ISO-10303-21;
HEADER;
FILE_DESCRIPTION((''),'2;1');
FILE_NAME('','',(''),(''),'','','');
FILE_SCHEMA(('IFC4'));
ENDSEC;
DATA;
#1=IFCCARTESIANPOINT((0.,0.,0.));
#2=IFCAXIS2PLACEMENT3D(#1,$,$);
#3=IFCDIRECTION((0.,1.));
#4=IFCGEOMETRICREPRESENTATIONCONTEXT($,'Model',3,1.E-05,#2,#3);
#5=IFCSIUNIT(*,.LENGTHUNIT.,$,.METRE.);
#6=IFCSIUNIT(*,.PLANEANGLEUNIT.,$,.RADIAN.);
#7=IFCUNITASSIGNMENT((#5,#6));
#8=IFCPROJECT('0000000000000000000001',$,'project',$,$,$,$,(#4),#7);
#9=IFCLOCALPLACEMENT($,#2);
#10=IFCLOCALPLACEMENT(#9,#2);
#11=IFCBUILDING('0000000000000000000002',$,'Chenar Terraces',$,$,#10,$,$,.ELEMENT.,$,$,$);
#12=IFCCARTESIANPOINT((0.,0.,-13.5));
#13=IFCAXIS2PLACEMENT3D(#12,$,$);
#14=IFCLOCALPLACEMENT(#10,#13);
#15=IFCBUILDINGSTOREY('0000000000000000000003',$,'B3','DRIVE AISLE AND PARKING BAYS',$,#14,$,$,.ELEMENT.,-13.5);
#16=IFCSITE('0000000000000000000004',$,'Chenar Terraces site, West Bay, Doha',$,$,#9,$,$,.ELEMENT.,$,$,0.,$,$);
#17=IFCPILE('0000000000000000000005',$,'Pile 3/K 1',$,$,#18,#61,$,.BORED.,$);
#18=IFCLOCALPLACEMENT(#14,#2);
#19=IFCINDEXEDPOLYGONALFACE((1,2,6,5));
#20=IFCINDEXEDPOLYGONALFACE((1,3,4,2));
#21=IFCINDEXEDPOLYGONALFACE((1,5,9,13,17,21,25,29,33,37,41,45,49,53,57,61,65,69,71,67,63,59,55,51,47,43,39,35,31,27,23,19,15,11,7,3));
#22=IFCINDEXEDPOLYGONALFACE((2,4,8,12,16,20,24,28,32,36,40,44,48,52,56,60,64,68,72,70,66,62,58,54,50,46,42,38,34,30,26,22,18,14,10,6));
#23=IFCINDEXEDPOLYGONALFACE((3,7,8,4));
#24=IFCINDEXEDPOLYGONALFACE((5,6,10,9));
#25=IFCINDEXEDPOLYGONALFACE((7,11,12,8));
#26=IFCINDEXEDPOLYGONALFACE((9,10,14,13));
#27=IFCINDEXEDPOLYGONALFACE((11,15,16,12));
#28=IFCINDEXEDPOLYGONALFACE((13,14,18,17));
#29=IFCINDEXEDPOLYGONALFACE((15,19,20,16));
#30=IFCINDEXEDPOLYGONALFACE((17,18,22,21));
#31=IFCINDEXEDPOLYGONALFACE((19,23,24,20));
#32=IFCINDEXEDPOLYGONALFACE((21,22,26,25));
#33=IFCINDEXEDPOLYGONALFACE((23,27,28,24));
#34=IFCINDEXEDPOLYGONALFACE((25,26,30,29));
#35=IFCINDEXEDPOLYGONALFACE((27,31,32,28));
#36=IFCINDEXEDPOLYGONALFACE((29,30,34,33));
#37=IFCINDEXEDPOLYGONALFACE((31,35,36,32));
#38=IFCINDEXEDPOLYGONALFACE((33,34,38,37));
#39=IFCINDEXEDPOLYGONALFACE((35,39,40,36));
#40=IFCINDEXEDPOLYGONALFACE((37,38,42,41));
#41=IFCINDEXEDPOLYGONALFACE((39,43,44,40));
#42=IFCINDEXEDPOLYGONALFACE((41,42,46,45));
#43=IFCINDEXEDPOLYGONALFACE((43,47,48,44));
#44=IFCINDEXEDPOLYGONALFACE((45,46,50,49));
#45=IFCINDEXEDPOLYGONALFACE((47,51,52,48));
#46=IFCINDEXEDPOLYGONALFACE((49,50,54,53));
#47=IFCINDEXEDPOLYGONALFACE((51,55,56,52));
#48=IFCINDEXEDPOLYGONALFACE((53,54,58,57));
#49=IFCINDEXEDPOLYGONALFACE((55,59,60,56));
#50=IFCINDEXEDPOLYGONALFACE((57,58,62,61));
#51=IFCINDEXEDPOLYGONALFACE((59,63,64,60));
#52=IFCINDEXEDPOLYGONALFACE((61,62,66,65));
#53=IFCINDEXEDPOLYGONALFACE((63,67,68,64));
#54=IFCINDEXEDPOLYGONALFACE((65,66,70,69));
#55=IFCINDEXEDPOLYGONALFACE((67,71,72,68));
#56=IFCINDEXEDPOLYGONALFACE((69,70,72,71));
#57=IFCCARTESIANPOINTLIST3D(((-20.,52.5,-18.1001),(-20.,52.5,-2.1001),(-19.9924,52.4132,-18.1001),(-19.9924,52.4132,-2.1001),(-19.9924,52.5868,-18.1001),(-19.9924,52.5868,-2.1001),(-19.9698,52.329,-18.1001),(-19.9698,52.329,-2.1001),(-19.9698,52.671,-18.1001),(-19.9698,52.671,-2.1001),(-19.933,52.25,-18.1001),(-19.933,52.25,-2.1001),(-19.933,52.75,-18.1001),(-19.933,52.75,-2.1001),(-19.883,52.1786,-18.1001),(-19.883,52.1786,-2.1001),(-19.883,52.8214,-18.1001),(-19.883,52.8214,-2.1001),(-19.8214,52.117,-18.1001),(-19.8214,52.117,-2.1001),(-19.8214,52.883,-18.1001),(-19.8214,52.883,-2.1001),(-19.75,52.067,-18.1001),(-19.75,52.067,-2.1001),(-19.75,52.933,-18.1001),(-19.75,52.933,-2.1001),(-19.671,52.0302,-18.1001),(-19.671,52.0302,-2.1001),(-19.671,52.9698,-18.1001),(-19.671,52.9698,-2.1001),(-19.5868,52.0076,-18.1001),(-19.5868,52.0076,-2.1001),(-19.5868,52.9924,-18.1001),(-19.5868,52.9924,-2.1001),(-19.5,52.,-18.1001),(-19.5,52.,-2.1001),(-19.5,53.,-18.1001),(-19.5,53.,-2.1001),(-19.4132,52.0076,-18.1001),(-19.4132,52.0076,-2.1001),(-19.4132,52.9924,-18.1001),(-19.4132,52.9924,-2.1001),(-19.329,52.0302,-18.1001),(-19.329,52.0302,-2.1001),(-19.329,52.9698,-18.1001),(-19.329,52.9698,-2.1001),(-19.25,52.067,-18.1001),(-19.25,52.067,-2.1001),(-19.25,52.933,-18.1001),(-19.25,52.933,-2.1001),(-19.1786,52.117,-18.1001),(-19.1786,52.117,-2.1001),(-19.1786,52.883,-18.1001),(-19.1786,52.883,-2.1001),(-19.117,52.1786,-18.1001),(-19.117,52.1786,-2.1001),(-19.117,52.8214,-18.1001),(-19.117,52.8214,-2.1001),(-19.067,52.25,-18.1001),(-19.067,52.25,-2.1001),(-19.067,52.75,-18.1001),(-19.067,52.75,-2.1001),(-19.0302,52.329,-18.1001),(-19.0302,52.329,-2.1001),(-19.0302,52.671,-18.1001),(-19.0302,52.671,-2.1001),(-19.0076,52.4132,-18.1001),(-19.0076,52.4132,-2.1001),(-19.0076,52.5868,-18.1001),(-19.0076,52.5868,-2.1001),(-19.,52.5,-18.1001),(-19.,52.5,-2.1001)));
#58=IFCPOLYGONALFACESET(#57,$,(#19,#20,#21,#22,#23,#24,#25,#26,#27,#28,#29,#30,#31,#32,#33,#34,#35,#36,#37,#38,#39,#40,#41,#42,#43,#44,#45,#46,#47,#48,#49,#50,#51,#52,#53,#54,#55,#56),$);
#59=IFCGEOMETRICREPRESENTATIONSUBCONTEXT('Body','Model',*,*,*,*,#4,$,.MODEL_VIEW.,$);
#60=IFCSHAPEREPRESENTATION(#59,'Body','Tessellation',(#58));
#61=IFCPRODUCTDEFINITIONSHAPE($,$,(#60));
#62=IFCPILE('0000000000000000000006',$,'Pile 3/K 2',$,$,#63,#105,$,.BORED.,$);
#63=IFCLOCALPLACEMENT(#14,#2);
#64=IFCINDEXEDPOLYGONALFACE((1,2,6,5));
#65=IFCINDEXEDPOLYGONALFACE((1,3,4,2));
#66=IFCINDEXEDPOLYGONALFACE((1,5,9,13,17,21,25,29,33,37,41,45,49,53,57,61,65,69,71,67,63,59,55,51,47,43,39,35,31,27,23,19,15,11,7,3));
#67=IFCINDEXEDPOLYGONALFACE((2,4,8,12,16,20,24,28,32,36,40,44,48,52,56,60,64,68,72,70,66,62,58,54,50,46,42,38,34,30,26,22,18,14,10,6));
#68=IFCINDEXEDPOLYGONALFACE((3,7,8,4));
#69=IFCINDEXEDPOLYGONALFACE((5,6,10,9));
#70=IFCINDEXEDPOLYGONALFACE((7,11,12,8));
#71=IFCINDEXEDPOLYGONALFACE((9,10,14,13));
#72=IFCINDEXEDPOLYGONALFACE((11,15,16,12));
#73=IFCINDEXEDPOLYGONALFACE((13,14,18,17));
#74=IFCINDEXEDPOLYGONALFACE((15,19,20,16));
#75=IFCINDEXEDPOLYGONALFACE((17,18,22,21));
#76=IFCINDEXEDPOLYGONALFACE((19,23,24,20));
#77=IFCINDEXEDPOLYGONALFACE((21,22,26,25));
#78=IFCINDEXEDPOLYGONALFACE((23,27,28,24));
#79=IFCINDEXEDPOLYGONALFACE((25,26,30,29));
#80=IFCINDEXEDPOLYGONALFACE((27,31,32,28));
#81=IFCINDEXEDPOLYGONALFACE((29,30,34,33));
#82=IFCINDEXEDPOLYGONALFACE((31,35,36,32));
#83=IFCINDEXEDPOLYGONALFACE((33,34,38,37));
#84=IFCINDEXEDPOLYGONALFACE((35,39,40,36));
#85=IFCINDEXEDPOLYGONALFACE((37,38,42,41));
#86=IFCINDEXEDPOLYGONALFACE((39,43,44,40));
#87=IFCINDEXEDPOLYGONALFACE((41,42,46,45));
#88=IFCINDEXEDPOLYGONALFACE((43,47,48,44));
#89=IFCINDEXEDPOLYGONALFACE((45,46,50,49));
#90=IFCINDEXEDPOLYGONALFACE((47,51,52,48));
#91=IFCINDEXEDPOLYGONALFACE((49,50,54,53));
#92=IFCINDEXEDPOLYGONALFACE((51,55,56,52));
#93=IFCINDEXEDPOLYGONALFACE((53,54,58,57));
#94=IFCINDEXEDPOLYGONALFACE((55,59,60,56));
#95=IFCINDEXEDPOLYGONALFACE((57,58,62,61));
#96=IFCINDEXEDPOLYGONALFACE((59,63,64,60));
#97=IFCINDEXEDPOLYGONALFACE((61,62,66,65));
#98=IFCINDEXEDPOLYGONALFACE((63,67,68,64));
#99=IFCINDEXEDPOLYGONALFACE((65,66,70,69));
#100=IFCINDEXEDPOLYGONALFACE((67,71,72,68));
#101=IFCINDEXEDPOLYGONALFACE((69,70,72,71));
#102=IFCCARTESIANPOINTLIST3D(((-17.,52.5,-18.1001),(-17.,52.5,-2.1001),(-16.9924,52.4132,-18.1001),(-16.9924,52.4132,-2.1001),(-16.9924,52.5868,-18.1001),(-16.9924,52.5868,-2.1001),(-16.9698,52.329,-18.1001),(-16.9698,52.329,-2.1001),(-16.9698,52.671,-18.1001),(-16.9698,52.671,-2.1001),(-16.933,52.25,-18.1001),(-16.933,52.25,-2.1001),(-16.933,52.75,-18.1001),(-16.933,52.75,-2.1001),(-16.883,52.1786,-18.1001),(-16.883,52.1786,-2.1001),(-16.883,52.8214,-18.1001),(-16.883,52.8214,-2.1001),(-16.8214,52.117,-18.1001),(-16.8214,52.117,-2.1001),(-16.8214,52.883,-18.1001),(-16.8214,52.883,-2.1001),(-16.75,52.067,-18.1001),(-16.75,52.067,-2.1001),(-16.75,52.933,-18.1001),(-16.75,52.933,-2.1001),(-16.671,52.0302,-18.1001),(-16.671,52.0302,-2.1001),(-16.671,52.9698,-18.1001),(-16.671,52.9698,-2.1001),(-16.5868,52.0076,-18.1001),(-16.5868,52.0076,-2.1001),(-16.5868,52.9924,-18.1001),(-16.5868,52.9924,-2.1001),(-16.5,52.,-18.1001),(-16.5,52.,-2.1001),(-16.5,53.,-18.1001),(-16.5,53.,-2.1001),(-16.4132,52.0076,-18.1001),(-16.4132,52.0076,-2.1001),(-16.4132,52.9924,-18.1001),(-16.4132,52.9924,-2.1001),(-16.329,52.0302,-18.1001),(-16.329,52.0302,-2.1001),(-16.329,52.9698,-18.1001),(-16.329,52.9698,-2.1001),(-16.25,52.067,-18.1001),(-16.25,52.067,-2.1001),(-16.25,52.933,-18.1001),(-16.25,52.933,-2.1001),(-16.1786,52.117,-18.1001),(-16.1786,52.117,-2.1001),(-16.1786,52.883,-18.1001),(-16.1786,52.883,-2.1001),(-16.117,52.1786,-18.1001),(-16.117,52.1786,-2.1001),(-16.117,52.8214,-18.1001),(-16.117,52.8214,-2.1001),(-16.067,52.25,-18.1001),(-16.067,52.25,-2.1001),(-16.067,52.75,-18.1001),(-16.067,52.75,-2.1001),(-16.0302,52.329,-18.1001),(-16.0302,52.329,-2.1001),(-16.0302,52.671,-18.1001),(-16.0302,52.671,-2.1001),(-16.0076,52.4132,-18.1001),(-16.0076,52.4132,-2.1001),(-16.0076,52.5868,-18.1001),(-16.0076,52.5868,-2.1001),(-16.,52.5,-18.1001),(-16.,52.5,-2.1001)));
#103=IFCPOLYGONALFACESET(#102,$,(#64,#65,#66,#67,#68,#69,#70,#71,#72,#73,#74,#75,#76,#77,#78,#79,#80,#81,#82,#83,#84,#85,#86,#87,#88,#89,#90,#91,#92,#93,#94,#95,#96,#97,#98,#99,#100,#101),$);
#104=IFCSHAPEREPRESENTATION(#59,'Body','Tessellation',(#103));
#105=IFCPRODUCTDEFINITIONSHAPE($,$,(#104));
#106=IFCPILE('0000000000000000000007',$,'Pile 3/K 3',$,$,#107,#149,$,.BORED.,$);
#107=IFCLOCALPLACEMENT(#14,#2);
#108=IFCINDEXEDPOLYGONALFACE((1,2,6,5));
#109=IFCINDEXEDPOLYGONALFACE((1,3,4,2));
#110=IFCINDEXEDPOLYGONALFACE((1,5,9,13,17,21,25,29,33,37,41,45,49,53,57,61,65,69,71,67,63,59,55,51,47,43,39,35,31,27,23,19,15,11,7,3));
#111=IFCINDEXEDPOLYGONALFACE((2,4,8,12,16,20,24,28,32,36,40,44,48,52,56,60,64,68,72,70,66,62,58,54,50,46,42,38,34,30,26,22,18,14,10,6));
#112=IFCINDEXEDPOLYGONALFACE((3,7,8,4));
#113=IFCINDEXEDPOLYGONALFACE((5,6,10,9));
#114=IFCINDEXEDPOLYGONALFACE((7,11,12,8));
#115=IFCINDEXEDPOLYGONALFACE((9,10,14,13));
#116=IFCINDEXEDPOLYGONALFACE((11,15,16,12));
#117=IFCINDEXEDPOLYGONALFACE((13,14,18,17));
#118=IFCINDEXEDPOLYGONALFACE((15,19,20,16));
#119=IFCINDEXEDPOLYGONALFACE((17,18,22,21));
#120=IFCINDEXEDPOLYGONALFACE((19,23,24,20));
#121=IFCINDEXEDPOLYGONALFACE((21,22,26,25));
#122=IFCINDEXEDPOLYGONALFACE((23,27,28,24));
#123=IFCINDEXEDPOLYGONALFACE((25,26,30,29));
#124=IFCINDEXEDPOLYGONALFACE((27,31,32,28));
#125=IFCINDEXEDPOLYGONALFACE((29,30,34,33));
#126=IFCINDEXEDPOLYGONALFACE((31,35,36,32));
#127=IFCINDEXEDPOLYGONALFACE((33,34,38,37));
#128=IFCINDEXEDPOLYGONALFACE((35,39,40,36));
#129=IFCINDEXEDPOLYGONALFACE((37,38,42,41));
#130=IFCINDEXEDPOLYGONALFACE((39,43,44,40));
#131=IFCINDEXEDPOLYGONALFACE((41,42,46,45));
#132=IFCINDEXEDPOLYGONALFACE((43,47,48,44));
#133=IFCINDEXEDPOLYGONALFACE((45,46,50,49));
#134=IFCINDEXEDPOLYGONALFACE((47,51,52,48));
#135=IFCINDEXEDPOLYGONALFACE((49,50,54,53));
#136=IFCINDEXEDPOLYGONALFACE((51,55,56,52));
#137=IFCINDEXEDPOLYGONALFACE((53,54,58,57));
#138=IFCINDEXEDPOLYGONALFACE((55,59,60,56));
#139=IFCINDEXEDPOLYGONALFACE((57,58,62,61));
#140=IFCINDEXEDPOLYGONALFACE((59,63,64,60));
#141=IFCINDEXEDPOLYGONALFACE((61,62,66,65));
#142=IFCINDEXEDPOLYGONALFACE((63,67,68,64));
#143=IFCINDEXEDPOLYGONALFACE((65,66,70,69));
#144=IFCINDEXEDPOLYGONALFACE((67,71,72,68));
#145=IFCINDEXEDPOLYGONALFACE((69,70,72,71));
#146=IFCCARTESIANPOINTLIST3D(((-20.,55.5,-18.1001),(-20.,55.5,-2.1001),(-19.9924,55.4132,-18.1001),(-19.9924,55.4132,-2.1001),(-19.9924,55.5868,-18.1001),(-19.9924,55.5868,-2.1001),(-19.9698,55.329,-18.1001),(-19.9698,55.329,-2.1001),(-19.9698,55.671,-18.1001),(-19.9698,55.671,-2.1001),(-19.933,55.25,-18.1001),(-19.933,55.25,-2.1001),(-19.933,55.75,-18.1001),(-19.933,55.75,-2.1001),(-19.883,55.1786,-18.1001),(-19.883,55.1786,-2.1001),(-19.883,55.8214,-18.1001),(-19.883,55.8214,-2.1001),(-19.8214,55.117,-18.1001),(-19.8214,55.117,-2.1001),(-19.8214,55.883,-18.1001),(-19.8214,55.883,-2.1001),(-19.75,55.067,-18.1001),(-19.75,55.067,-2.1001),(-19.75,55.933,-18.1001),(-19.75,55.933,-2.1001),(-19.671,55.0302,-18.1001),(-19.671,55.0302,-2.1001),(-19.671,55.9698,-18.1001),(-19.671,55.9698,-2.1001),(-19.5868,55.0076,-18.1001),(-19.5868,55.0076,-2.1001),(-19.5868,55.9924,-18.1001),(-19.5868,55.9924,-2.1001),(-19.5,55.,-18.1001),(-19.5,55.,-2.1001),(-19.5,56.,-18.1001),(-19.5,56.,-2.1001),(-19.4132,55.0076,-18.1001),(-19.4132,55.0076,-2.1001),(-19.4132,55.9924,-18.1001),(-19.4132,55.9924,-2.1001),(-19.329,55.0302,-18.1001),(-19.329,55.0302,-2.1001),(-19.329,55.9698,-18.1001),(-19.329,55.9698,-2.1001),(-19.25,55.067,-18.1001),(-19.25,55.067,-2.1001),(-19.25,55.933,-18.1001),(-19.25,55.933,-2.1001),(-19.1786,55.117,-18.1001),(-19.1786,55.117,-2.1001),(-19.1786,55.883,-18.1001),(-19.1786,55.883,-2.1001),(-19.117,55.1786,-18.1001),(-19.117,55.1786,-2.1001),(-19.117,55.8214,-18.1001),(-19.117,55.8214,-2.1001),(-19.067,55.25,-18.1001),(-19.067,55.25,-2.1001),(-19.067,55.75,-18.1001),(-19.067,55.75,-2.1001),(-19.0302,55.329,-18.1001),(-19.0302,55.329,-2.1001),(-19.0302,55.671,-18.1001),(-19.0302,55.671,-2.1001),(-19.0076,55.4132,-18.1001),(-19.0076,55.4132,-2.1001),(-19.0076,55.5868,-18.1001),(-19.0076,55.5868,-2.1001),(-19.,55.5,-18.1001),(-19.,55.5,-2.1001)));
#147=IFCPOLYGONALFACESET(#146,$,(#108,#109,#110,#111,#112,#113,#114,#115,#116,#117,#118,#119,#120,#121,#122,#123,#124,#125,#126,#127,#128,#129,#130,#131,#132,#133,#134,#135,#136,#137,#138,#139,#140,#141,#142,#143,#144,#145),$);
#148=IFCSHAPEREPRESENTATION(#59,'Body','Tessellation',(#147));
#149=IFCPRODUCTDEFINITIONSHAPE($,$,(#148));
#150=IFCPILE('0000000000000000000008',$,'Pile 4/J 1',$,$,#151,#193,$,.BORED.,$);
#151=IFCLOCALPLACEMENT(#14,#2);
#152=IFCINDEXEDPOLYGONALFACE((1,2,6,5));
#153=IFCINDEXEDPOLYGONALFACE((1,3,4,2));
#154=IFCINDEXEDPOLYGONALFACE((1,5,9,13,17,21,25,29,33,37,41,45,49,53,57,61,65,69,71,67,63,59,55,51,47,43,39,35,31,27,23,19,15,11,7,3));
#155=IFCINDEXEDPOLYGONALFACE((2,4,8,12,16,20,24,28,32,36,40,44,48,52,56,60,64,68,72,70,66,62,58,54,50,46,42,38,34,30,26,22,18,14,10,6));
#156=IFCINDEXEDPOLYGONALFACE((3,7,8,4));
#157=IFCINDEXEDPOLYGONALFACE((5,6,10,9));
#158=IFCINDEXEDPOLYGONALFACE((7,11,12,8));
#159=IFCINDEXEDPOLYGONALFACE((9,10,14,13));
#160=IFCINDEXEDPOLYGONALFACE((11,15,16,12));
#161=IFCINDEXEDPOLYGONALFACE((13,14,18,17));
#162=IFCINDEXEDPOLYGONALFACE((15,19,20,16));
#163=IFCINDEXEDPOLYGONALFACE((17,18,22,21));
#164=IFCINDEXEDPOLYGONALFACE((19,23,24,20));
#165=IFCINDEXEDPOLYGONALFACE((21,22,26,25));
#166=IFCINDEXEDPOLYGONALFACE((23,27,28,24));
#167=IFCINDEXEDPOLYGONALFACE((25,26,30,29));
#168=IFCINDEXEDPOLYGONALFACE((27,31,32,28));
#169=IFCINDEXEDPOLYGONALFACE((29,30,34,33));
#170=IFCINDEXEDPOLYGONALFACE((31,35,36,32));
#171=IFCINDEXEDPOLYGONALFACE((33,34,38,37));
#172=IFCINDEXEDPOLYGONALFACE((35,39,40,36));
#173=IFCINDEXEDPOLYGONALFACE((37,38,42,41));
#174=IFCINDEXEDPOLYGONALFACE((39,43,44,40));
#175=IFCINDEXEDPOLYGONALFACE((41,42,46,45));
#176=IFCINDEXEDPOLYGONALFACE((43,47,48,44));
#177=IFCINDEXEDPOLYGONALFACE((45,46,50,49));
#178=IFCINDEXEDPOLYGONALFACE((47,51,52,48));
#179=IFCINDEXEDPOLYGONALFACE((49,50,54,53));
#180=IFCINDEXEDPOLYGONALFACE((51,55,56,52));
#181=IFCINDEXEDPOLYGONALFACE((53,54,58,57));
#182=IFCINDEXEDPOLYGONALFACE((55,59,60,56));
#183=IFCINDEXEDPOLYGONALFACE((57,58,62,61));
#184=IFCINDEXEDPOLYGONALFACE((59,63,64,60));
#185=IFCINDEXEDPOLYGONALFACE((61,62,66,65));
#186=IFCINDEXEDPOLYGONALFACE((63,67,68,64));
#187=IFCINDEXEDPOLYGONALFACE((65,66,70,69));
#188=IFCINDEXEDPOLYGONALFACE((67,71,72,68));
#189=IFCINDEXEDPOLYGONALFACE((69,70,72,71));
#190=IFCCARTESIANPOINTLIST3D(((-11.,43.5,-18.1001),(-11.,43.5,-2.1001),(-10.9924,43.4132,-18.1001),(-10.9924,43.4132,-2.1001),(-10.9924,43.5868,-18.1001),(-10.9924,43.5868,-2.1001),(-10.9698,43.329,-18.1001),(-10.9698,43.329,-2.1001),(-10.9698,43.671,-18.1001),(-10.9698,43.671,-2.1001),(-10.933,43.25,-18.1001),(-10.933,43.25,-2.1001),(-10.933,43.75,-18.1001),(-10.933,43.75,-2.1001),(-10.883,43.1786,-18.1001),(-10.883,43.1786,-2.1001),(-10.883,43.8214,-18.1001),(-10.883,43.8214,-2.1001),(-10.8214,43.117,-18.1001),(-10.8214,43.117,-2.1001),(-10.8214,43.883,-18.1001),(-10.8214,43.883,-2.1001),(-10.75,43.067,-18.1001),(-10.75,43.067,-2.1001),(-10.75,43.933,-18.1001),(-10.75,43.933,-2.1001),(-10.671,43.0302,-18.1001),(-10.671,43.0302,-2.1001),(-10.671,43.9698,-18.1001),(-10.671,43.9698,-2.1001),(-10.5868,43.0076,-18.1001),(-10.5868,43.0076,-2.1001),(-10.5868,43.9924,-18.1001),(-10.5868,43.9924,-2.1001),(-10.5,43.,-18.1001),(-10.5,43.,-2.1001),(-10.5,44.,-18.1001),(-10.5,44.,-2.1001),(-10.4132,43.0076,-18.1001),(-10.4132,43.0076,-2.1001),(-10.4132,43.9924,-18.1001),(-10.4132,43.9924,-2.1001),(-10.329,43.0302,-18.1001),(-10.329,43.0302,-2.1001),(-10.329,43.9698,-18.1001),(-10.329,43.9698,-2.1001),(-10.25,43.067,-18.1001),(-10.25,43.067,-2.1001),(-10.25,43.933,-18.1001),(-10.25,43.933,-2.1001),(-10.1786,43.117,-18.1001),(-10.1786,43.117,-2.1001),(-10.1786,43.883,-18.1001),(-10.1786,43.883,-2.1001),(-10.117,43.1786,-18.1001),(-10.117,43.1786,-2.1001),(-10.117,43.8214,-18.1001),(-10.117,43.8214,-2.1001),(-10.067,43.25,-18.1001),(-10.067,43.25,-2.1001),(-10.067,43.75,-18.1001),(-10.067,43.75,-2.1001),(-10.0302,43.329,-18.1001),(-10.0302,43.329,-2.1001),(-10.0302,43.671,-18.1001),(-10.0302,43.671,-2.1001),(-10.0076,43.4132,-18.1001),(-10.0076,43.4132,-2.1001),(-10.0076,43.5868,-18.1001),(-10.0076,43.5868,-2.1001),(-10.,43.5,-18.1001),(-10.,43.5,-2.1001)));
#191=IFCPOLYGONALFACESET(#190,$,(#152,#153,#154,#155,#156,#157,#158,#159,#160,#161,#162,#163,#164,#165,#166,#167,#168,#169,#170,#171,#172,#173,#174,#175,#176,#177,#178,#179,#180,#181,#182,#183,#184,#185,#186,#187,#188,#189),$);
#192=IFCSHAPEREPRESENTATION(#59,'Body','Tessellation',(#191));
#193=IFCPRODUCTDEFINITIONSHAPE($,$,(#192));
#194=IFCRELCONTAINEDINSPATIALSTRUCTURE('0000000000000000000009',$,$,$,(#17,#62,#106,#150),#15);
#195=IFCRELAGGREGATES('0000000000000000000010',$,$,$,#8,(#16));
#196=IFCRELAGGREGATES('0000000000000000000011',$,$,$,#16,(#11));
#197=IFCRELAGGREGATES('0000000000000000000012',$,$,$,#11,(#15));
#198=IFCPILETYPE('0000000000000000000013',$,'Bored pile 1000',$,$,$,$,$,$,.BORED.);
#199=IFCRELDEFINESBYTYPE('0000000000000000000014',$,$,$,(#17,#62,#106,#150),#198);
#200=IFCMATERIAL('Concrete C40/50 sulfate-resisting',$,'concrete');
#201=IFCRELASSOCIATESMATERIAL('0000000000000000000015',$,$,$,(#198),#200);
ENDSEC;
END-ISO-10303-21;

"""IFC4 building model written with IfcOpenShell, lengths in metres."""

from ifc_helpers import new_model, si_unit, direction, frame, origin, origin_2d, place, context, subcontext, project, spatial, circle, extrude, material, material_profile, profile_set, type_object, element, save


model = new_model("IFC4")

# Units and contexts
model_context = context("Model", 3, precision=1e-05, world=origin(), true_north=direction((0.0, 1.0)))
body_context = subcontext(model_context, "Body", "Model", "MODEL_VIEW")
ifc_project = project(units=[si_unit("LENGTHUNIT", "METRE"), si_unit("PLANEANGLEUNIT", "RADIAN")], contexts=[model_context])

# Site, building, storey
site_placement = place(None, origin())
site = spatial("IfcSite", under=ifc_project, at=site_placement, Name="Chenar Terraces site, West Bay, Doha", CompositionType="ELEMENT", RefElevation=0.0)
building_placement = place(site_placement, origin())
building = spatial("IfcBuilding", under=site, at=building_placement, Name="Chenar Terraces", CompositionType="ELEMENT")
storey_placement = place(building_placement, frame((0.0, 0.0, -13.5)))
storey = spatial("IfcBuildingStorey", under=building, at=storey_placement, Name="B3", Description="DRIVE AISLE AND PARKING BAYS", CompositionType="ELEMENT", Elevation=-13.5)

# Piles
ifc_material_1 = material(Name="Concrete C40/50 sulfate-resisting", Category="concrete")
ifc_material_profile_1 = material_profile(ifc_material_1, circle(Radius=0.5, at=origin_2d()), Name="BP 1000")
ifc_profile_set_1 = profile_set([ifc_material_profile_1], Name="Concrete C40/50 sulfate-resisting")
pile_type_1 = type_object("IfcPileType", Name="Bored pile 1000", PredefinedType="BORED", material=ifc_profile_set_1)
for number, where, z_axis, x_axis, name in (
    (1, (-19.5, 52.5, -2.1001), (0.0, 0.0, -1.0), (1.0, 0.0, 0.0), "Pile 3/K 1"),
    (2, (-16.5, 52.5, -2.1001), (0.0, 0.0, -1.0), (1.0, 0.0, 0.0), "Pile 3/K 2"),
    (3, (-19.5, 55.5, -2.1001), (0.0, 0.0, -1.0), (1.0, 0.0, 0.0), "Pile 3/K 3"),
    (4, (-10.5, 43.5, -2.1001), (0.0, 0.0, -1.0), (1.0, 0.0, 0.0), "Pile 4/J 1"),
):
    element("IfcPile", number, at=place(storey_placement, frame(where, z_axis=z_axis, x_axis=x_axis)), inside=storey, type_object=pile_type_1, Name=name, PredefinedType="BORED", context=body_context, shape_type="SweptSolid", body=[
        extrude(circle(Radius=0.5, at=origin_2d()), origin(), (0.0, 0.0, 1.0), 16.0),
    ])

save(model, "model.ifc")
